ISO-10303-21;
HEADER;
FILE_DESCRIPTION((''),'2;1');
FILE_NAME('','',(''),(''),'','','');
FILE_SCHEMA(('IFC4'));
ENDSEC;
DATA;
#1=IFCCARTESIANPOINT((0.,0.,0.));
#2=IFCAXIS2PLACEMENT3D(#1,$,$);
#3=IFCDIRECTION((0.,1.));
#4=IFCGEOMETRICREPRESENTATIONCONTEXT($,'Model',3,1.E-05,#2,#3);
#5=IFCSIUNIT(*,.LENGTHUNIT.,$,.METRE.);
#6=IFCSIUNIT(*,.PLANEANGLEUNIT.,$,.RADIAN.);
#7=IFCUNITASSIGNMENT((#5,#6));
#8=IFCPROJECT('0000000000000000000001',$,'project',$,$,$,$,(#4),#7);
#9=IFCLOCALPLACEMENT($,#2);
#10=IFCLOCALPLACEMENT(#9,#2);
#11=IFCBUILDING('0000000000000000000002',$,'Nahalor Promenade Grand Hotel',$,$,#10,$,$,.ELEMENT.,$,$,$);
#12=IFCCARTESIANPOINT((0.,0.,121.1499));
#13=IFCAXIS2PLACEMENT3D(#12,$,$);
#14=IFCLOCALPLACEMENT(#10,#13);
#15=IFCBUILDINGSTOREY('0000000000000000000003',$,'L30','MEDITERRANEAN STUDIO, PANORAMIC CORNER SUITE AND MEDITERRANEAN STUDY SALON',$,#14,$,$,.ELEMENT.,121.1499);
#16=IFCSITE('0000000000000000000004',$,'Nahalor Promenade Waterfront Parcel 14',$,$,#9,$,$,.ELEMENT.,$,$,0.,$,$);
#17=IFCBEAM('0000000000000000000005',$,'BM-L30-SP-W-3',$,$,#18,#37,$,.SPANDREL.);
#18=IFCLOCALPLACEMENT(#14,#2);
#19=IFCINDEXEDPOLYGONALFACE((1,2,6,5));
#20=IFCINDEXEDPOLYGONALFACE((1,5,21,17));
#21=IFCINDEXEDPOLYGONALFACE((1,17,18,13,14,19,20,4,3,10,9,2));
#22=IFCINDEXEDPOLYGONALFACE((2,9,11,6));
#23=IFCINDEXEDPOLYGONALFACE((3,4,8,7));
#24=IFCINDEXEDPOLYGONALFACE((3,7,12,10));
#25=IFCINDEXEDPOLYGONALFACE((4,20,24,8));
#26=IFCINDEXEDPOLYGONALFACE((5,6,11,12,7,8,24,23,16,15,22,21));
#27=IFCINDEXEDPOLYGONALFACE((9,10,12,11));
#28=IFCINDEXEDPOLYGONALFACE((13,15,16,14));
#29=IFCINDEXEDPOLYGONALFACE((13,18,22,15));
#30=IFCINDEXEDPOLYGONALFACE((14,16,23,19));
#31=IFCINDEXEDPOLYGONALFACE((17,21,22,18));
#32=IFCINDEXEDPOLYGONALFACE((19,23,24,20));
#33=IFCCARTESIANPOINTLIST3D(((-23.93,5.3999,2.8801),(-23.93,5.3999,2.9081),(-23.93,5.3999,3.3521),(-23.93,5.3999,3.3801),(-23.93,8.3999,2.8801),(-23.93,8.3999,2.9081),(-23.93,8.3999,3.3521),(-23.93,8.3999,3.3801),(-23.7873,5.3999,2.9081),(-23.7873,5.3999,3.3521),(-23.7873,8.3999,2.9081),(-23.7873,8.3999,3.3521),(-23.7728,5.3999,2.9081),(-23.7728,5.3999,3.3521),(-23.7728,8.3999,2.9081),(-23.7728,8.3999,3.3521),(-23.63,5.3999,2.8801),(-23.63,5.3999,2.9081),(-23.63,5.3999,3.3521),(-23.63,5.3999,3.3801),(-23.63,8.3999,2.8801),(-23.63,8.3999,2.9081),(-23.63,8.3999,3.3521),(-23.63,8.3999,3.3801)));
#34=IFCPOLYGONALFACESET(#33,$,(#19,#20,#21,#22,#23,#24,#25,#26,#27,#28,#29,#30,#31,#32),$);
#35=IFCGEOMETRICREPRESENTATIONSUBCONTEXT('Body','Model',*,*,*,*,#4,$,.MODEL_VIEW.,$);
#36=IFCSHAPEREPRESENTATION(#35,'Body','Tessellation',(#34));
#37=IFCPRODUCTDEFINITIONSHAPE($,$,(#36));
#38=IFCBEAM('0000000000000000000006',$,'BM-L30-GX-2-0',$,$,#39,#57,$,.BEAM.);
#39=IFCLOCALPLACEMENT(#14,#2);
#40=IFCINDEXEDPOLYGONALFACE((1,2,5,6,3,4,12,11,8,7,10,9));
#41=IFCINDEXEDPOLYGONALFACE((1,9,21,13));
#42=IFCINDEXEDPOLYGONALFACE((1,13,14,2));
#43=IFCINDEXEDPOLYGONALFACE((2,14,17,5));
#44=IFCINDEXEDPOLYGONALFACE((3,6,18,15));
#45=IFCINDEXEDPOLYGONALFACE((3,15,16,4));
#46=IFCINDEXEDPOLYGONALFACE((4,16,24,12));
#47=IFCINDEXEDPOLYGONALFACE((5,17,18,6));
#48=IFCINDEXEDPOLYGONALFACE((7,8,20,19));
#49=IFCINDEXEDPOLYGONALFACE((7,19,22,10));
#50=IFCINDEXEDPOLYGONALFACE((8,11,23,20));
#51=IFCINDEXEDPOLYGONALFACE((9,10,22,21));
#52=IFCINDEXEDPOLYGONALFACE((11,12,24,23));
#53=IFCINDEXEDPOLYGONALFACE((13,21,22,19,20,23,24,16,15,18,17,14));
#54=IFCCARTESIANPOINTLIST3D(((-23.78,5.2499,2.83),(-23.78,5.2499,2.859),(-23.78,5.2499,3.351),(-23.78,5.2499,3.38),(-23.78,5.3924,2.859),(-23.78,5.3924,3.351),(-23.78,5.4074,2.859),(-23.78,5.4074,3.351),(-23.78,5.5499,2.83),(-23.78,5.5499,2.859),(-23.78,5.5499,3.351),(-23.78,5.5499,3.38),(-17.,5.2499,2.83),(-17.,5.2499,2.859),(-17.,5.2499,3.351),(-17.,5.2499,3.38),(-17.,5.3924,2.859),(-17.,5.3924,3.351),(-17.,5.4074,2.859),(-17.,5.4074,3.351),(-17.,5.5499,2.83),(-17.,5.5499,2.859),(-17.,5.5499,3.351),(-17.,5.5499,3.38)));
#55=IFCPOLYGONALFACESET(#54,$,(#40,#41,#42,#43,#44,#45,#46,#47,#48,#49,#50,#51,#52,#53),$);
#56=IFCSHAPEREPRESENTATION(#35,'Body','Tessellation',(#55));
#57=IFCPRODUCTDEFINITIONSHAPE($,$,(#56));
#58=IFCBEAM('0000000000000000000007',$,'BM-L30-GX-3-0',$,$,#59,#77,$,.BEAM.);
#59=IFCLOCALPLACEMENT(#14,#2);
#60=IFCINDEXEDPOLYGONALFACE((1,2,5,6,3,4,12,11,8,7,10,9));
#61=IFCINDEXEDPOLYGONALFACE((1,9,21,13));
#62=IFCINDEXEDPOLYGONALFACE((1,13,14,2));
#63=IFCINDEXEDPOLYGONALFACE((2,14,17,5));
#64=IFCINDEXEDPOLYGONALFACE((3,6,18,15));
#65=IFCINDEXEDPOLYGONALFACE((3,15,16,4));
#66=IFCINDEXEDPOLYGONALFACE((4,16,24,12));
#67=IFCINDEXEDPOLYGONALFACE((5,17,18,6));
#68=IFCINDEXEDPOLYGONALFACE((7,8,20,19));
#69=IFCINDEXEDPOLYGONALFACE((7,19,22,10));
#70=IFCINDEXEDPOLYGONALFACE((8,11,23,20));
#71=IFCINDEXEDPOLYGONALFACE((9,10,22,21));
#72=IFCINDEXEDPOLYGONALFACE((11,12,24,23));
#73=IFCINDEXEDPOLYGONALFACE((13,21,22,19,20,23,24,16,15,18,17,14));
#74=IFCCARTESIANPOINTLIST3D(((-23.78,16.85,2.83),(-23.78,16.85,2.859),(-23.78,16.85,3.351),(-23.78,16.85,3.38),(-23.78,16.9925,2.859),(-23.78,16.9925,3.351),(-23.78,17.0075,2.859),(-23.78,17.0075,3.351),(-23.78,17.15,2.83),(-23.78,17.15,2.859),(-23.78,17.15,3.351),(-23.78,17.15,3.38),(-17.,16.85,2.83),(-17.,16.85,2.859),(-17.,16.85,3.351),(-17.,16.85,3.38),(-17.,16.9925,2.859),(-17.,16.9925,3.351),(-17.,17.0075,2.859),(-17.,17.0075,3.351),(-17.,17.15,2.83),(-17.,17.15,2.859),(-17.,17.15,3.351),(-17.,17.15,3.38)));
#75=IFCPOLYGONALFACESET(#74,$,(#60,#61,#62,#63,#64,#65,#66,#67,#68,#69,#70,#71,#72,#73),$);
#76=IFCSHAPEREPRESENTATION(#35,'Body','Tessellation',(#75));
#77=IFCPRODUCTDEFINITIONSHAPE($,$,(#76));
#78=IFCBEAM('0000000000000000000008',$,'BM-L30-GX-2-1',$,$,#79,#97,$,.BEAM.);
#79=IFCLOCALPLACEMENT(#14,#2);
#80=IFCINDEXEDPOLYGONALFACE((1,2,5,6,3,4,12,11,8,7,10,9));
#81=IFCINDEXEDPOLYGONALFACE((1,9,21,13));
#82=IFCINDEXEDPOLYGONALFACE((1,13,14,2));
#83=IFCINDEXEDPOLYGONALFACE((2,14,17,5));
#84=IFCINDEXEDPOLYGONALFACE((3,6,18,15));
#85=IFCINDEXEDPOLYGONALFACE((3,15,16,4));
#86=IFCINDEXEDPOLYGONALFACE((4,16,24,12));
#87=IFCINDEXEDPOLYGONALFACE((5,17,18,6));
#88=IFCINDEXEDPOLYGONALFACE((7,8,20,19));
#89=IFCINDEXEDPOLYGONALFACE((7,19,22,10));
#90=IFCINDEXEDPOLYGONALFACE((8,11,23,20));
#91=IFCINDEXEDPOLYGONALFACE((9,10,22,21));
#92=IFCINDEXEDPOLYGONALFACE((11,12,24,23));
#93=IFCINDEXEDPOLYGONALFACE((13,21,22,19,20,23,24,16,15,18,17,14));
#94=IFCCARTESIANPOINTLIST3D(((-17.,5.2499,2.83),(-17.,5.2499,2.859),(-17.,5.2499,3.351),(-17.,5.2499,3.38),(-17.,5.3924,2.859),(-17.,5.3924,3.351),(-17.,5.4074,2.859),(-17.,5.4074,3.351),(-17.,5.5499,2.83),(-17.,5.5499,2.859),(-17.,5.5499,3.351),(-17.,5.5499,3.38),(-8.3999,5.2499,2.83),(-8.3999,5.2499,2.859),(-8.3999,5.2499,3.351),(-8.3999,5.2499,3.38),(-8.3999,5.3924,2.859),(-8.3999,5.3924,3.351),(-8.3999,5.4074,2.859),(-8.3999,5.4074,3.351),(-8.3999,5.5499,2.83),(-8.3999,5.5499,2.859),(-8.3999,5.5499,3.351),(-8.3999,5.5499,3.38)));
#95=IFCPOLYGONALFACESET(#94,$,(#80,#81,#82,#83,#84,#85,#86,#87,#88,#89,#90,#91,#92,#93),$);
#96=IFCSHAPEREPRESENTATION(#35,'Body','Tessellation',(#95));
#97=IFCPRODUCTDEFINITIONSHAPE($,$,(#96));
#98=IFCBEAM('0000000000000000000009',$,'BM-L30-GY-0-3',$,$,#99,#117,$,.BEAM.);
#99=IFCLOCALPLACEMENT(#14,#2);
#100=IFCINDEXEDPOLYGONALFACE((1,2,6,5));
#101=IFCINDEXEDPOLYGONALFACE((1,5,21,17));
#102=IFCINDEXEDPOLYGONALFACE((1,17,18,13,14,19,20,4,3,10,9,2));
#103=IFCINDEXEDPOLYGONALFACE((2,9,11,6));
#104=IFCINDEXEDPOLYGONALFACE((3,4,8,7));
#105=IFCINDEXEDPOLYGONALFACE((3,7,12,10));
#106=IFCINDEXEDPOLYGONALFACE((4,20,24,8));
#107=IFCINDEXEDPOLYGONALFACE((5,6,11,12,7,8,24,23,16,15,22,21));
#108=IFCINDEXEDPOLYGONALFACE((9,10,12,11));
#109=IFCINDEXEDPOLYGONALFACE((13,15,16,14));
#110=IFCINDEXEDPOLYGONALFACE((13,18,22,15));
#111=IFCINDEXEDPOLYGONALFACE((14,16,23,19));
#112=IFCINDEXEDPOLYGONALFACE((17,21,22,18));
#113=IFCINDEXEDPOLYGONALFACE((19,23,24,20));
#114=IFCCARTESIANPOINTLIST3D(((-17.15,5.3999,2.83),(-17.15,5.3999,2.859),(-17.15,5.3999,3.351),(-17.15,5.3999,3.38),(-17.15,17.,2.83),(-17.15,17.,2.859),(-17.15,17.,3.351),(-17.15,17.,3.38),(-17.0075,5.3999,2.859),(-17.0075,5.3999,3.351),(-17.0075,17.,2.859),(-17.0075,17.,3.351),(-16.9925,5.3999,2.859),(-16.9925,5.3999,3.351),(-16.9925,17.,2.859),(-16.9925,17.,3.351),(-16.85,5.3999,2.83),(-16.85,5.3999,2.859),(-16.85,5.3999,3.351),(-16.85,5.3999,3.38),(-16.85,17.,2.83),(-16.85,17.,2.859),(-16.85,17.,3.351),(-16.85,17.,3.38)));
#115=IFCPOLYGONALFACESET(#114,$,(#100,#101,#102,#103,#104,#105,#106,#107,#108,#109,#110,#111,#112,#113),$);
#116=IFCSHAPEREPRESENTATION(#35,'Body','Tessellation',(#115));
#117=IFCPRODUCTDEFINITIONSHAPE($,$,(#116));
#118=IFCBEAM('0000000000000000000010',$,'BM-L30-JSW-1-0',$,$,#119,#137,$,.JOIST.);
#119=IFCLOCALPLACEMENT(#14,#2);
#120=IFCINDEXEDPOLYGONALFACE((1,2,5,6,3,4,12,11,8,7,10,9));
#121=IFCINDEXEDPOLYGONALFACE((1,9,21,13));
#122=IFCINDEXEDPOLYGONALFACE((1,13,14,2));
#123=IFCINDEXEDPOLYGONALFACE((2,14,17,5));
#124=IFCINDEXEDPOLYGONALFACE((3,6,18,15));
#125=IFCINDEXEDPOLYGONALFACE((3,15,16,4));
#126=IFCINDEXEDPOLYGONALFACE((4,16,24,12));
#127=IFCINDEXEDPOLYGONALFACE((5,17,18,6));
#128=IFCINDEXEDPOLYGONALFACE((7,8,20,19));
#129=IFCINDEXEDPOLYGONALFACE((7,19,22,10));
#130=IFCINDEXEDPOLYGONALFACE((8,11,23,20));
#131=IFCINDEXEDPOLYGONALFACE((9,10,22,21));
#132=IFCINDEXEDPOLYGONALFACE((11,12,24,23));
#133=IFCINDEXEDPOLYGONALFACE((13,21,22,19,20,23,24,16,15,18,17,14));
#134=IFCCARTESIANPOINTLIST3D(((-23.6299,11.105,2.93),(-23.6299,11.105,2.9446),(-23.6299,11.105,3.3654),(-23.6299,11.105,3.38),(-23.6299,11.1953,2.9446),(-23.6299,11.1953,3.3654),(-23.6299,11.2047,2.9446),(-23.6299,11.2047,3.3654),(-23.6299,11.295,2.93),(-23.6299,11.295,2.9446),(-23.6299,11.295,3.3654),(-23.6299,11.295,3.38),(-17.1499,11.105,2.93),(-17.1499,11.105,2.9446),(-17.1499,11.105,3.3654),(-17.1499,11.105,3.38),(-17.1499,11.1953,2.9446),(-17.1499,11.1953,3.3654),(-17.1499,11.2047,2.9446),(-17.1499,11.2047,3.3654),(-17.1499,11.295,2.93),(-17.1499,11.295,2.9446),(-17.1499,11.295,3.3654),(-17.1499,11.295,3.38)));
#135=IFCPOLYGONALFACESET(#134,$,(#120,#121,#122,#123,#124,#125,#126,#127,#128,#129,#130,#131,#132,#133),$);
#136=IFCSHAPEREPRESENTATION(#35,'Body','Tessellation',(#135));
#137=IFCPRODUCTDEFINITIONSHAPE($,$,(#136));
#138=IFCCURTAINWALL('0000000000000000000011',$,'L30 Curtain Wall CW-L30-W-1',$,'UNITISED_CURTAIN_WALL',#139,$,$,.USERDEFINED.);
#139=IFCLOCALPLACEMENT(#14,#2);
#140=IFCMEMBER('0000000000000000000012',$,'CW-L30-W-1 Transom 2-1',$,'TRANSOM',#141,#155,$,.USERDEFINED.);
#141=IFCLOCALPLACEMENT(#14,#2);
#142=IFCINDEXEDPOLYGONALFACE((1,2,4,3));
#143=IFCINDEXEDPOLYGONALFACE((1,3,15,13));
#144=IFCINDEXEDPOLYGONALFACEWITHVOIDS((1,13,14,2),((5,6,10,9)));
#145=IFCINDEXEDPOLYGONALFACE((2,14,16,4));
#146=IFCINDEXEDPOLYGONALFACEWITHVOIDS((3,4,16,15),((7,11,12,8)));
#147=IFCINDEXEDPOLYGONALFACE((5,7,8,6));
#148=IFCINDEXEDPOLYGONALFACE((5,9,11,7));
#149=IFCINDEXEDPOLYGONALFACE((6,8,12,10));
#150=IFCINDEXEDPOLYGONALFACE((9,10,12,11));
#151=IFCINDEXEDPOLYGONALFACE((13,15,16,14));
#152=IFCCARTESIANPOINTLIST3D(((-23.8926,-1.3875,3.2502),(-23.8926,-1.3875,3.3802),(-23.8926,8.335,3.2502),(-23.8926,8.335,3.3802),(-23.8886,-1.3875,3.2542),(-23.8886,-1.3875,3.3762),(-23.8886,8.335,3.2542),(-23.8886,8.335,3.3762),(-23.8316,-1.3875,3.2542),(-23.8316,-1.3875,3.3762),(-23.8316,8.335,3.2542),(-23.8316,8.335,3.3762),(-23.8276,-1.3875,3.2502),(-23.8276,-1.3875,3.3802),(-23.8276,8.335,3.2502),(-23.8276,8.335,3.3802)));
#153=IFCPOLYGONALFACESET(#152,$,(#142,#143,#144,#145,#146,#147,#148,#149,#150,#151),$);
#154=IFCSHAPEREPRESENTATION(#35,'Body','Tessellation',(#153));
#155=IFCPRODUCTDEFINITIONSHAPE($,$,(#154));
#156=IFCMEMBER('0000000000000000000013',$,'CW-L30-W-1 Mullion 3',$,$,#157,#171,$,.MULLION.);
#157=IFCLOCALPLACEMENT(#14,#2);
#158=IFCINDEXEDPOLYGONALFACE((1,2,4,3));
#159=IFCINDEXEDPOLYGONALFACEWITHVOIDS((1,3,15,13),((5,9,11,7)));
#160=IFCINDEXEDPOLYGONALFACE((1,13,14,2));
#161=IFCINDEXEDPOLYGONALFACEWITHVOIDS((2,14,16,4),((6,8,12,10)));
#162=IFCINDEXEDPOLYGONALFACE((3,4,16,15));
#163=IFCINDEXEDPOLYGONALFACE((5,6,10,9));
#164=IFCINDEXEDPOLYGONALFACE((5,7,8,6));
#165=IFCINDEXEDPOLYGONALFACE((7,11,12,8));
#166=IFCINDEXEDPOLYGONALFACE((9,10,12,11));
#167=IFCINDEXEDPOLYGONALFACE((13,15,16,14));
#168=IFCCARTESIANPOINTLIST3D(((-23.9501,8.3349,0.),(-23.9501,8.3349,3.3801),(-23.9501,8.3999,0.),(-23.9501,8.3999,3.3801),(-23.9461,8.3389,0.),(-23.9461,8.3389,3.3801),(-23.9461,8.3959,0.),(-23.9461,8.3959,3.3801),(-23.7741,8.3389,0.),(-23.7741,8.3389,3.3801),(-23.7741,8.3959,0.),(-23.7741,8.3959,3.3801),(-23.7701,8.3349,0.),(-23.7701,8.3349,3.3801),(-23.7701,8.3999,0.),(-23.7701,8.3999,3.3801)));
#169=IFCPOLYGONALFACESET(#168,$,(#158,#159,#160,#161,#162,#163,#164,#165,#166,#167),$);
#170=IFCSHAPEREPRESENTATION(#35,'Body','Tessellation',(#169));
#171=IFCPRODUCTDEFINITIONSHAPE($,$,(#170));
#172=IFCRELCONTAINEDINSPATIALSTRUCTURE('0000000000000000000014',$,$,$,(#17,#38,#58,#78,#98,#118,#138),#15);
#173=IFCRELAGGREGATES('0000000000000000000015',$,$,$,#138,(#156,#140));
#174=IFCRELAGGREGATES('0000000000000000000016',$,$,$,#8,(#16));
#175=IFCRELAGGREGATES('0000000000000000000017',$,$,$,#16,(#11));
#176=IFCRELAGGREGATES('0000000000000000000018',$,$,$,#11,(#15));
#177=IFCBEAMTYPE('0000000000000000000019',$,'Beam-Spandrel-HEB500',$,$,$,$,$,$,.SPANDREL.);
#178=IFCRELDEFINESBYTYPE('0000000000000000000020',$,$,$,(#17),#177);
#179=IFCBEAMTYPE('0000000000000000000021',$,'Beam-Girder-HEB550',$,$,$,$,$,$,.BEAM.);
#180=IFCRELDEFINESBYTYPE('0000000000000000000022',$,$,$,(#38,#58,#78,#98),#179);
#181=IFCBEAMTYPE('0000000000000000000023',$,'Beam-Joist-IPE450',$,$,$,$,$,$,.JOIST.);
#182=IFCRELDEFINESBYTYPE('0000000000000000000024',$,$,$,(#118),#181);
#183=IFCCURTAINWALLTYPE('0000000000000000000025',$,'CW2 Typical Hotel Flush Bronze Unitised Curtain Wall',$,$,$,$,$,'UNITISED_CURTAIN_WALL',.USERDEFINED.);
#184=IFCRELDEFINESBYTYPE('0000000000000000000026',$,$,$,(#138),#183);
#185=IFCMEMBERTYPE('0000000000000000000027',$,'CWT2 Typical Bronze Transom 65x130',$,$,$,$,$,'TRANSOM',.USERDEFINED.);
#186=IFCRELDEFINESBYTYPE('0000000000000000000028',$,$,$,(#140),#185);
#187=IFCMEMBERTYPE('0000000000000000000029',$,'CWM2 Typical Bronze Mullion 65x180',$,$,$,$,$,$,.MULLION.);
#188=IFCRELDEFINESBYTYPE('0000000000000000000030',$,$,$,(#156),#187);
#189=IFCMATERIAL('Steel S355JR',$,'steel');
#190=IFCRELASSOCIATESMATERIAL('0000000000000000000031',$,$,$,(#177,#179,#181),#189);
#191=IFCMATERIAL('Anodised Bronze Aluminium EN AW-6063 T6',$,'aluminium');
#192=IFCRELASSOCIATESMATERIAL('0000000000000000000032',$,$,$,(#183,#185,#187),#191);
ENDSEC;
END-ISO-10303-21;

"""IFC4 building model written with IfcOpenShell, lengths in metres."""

from ifc_helpers import new_model, si_unit, direction, frame, origin, origin_2d, place, context, subcontext, project, spatial, hollow_rectangle, i_section, extrude, source, transform, mapped, material, material_profile, profile_set, type_object, element, aggregate, save


model = new_model("IFC4")

# Units and contexts
model_context = context("Model", 3, precision=1e-05, world=origin(), true_north=direction((0.0, 1.0)))
body_context = subcontext(model_context, "Body", "Model", "MODEL_VIEW")
ifc_project = project(units=[si_unit("LENGTHUNIT", "METRE"), si_unit("PLANEANGLEUNIT", "RADIAN")], contexts=[model_context])

# Site, building, storey
site_placement = place(None, origin())
site = spatial("IfcSite", under=ifc_project, at=site_placement, Name="Nahalor Promenade Waterfront Parcel 14", CompositionType="ELEMENT", RefElevation=0.0)
building_placement = place(site_placement, origin())
building = spatial("IfcBuilding", under=site, at=building_placement, Name="Nahalor Promenade Grand Hotel", CompositionType="ELEMENT")
storey_placement = place(building_placement, frame((0.0, 0.0, 121.1499)))
storey = spatial("IfcBuildingStorey", under=building, at=storey_placement, Name="L30", Description="MEDITERRANEAN STUDIO, PANORAMIC CORNER SUITE AND MEDITERRANEAN STUDY SALON", CompositionType="ELEMENT", Elevation=121.1499)

# Beams
ifc_material_1 = material(Name="Steel S355JR", Category="steel")
ifc_material_profile_1 = material_profile(ifc_material_1, i_section(OverallWidth=0.3, OverallDepth=0.5, WebThickness=0.0145, FlangeThickness=0.028, at=origin_2d()), Name="HEB 500")
ifc_profile_set_1 = profile_set([ifc_material_profile_1], Name="Steel S355JR")
beam_type_1 = type_object("IfcBeamType", Name="Beam-Spandrel-HEB500", PredefinedType="SPANDREL", material=ifc_profile_set_1)
shared_shape_1 = source(origin(), body_context, "Body", "SweptSolid", [
    extrude(i_section(OverallWidth=0.3, OverallDepth=0.5, WebThickness=0.0145, FlangeThickness=0.028, at=origin_2d()), origin(), (0.0, 0.0, 1.0), 3.0),
])
beam_1_placement = place(storey_placement, frame((-23.78, 5.3999, 3.1301), z_axis=(0.0, 1.0, 0.0), x_axis=(-1.0, 0.0, 0.0)))
element("IfcBeam", 1, at=beam_1_placement, inside=storey, type_object=beam_type_1, Name="BM-L30-SP-W-3", PredefinedType="SPANDREL", context=body_context, shape_type="MappedRepresentation", body=[
    mapped(shared_shape_1, transform((0.0, 0.0, 0.0), scale=1.0)),
])
ifc_material_profile_2 = material_profile(ifc_material_1, i_section(OverallWidth=0.3, OverallDepth=0.55, WebThickness=0.015, FlangeThickness=0.029, at=origin_2d()), Name="HEB 550")
ifc_profile_set_2 = profile_set([ifc_material_profile_2], Name="Steel S355JR")
beam_type_2 = type_object("IfcBeamType", Name="Beam-Girder-HEB550", PredefinedType="BEAM", material=ifc_profile_set_2)
shared_shape_2 = source(origin(), body_context, "Body", "SweptSolid", [
    extrude(i_section(OverallWidth=0.3, OverallDepth=0.55, WebThickness=0.015, FlangeThickness=0.029, at=origin_2d()), origin(), (0.0, 0.0, 1.0), 6.78),
])
for number, where, z_axis, x_axis, name in (
    (2, (-23.78, 5.3999, 3.105), (1.0, 0.0, 0.0), (0.0, 1.0, 0.0), "BM-L30-GX-2-0"),
    (3, (-23.78, 17.0, 3.105), (1.0, 0.0, 0.0), (0.0, 1.0, 0.0), "BM-L30-GX-3-0"),
):
    element("IfcBeam", number, at=place(storey_placement, frame(where, z_axis=z_axis, x_axis=x_axis)), inside=storey, type_object=beam_type_2, Name=name, PredefinedType="BEAM", context=body_context, shape_type="MappedRepresentation", body=[
        mapped(shared_shape_2, transform((0.0, 0.0, 0.0), scale=1.0)),
    ])
shared_shape_3 = source(origin(), body_context, "Body", "SweptSolid", [
    extrude(i_section(OverallWidth=0.3, OverallDepth=0.55, WebThickness=0.015, FlangeThickness=0.029, at=origin_2d()), origin(), (0.0, 0.0, 1.0), 8.6001),
])
beam_2_placement = place(storey_placement, frame((-17.0, 5.3999, 3.105), z_axis=(1.0, 0.0, 0.0), x_axis=(0.0, 1.0, 0.0)))
element("IfcBeam", 4, at=beam_2_placement, inside=storey, type_object=beam_type_2, Name="BM-L30-GX-2-1", PredefinedType="BEAM", context=body_context, shape_type="MappedRepresentation", body=[
    mapped(shared_shape_3, transform((0.0, 0.0, 0.0), scale=1.0)),
])
shared_shape_4 = source(origin(), body_context, "Body", "SweptSolid", [
    extrude(i_section(OverallWidth=0.3, OverallDepth=0.55, WebThickness=0.015, FlangeThickness=0.029, at=origin_2d()), origin(), (0.0, 0.0, 1.0), 11.6001),
])
beam_3_placement = place(storey_placement, frame((-17.0, 5.3999, 3.105), z_axis=(0.0, 1.0, 0.0), x_axis=(-1.0, 0.0, 0.0)))
element("IfcBeam", 5, at=beam_3_placement, inside=storey, type_object=beam_type_2, Name="BM-L30-GY-0-3", PredefinedType="BEAM", context=body_context, shape_type="MappedRepresentation", body=[
    mapped(shared_shape_4, transform((0.0, 0.0, 0.0), scale=1.0)),
])
ifc_material_profile_3 = material_profile(ifc_material_1, i_section(OverallWidth=0.19, OverallDepth=0.45, WebThickness=0.0094, FlangeThickness=0.0146, at=origin_2d()), Name="IPE 450")
ifc_profile_set_3 = profile_set([ifc_material_profile_3], Name="Steel S355JR")
beam_type_3 = type_object("IfcBeamType", Name="Beam-Joist-IPE450", PredefinedType="JOIST", material=ifc_profile_set_3)
shared_shape_5 = source(origin(), body_context, "Body", "SweptSolid", [
    extrude(i_section(OverallWidth=0.19, OverallDepth=0.45, WebThickness=0.0094, FlangeThickness=0.0146, at=origin_2d()), origin(), (0.0, 0.0, 1.0), 6.48),
])
beam_4_placement = place(storey_placement, frame((-23.6299, 11.2, 3.155), z_axis=(1.0, 0.0, 0.0), x_axis=(0.0, 1.0, 0.0)))
element("IfcBeam", 6, at=beam_4_placement, inside=storey, type_object=beam_type_3, Name="BM-L30-JSW-1-0", PredefinedType="JOIST", context=body_context, shape_type="MappedRepresentation", body=[
    mapped(shared_shape_5, transform((0.0, 0.0, 0.0), scale=1.0)),
])

# Curtain wall, members
ifc_material_2 = material(Name="Anodised Bronze Aluminium EN AW-6063 T6", Category="aluminium")
curtain_wall_type = type_object("IfcCurtainWallType", Name="CW2 Typical Hotel Flush Bronze Unitised Curtain Wall", ElementType="UNITISED_CURTAIN_WALL", PredefinedType="USERDEFINED", material=ifc_material_2)
curtain_wall_placement = place(storey_placement, origin())
curtain_wall = element("IfcCurtainWall", 7, at=curtain_wall_placement, inside=storey, type_object=curtain_wall_type, Name="L30 Curtain Wall CW-L30-W-1", ObjectType="UNITISED_CURTAIN_WALL", PredefinedType="USERDEFINED")
ifc_material_profile_4 = material_profile(ifc_material_2, hollow_rectangle(XDim=0.065, YDim=0.13, WallThickness=0.004, at=origin_2d()), Name="CWT 65x130x4")
ifc_profile_set_4 = profile_set([ifc_material_profile_4], Name="Anodised Bronze Aluminium EN AW-6063 T6")
member_type_1 = type_object("IfcMemberType", Name="CWT2 Typical Bronze Transom 65x130", ElementType="TRANSOM", PredefinedType="USERDEFINED", material=ifc_profile_set_4)
shared_shape_6 = source(origin(), body_context, "Body", "SweptSolid", [
    extrude(hollow_rectangle(XDim=0.065, YDim=0.13, WallThickness=0.004, at=origin_2d()), origin(), (0.0, 0.0, 1.0), 9.7224),
])
member_1_placement = place(storey_placement, frame((-23.8601, -1.3875, 3.3152), z_axis=(0.0, 1.0, 0.0), x_axis=(-1.0, 0.0, 0.0)))
member_1 = element("IfcMember", 8, at=member_1_placement, type_object=member_type_1, Name="CW-L30-W-1 Transom 2-1", ObjectType="TRANSOM", PredefinedType="USERDEFINED", context=body_context, shape_type="MappedRepresentation", body=[
    mapped(shared_shape_6, transform((0.0, 0.0, 0.0), scale=1.0)),
])
ifc_material_profile_5 = material_profile(ifc_material_2, hollow_rectangle(XDim=0.065, YDim=0.18, WallThickness=0.004, at=origin_2d()), Name="CWM 65x180x4")
ifc_profile_set_5 = profile_set([ifc_material_profile_5], Name="Anodised Bronze Aluminium EN AW-6063 T6")
member_type_2 = type_object("IfcMemberType", Name="CWM2 Typical Bronze Mullion 65x180", PredefinedType="MULLION", material=ifc_profile_set_5)
shared_shape_7 = source(origin(), body_context, "Body", "SweptSolid", [
    extrude(hollow_rectangle(XDim=0.065, YDim=0.18, WallThickness=0.004, at=origin_2d()), origin(), (0.0, 0.0, 1.0), 3.3801),
])
member_2_placement = place(storey_placement, frame((-23.8601, 8.3674, 0.0), z_axis=(0.0, 0.0, 1.0), x_axis=(0.0, 1.0, 0.0)))
member_2 = element("IfcMember", 9, at=member_2_placement, type_object=member_type_2, Name="CW-L30-W-1 Mullion 3", PredefinedType="MULLION", context=body_context, shape_type="MappedRepresentation", body=[
    mapped(shared_shape_7, transform((0.0, 0.0, 0.0), scale=1.0)),
])
aggregate(curtain_wall, [member_2, member_1])

save(model, "model.ifc")
